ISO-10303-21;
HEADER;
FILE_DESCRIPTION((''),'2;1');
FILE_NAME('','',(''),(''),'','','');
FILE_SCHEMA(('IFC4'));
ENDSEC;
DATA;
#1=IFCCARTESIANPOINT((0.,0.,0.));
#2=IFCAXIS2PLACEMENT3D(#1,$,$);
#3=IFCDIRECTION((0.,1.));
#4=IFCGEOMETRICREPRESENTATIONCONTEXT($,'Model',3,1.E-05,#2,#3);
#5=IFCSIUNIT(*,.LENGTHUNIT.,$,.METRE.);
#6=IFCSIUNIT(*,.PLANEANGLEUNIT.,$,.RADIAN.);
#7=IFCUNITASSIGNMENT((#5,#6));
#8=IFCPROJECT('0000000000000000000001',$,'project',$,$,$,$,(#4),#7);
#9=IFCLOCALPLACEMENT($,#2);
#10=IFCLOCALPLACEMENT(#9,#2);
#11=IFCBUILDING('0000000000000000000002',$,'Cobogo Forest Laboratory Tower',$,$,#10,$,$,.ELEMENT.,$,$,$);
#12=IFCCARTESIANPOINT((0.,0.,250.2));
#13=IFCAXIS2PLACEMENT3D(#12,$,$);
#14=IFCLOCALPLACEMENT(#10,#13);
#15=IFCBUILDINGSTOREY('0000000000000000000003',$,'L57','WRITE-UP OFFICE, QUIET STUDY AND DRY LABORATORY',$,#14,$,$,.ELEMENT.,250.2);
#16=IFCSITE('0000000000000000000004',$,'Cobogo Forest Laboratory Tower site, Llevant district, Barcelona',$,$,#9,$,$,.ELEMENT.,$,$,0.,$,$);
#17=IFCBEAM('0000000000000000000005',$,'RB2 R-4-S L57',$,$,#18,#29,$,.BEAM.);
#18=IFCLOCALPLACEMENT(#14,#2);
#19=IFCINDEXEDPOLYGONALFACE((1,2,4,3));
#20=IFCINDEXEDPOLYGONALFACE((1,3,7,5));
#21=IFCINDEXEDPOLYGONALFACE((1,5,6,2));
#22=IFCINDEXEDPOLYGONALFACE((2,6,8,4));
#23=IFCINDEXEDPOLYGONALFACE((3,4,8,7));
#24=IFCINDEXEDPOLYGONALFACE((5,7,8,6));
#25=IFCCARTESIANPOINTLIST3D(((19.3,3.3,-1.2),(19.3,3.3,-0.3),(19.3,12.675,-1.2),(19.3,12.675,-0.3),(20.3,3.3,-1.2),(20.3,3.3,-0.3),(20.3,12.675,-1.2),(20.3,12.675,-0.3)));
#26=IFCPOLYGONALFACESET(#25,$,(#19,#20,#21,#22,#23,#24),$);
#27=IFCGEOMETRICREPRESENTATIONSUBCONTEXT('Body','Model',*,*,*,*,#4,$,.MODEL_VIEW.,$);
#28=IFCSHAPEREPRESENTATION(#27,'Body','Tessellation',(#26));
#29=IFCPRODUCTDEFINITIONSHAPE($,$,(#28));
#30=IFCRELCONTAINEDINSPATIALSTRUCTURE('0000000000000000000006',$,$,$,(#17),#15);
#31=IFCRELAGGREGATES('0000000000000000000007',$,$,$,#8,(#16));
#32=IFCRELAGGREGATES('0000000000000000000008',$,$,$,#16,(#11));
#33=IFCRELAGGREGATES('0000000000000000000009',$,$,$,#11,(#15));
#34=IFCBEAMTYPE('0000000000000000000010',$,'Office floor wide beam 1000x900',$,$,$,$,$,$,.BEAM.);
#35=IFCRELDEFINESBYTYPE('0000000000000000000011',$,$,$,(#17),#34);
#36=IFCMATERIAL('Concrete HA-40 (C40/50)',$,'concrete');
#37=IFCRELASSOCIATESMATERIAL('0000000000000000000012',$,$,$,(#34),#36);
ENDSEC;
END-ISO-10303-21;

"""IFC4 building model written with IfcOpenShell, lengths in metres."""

from ifc_helpers import new_model, si_unit, direction, frame, origin, origin_2d, place, context, subcontext, project, spatial, rectangle, extrude, material, material_profile, profile_set, type_object, element, save


model = new_model("IFC4")

# Units and contexts
model_context = context("Model", 3, precision=1e-05, world=origin(), true_north=direction((0.0, 1.0)))
body_context = subcontext(model_context, "Body", "Model", "MODEL_VIEW")
ifc_project = project(units=[si_unit("LENGTHUNIT", "METRE"), si_unit("PLANEANGLEUNIT", "RADIAN")], contexts=[model_context])

# Site, building, storey
site_placement = place(None, origin())
site = spatial("IfcSite", under=ifc_project, at=site_placement, Name="Cobogo Forest Laboratory Tower site, Llevant district, Barcelona", CompositionType="ELEMENT", RefElevation=0.0)
building_placement = place(site_placement, origin())
building = spatial("IfcBuilding", under=site, at=building_placement, Name="Cobogo Forest Laboratory Tower", CompositionType="ELEMENT")
storey_placement = place(building_placement, frame((0.0, 0.0, 250.2)))
storey = spatial("IfcBuildingStorey", under=building, at=storey_placement, Name="L57", Description="WRITE-UP OFFICE, QUIET STUDY AND DRY LABORATORY", CompositionType="ELEMENT", Elevation=250.2)

# Beam
ifc_material_1 = material(Name="Concrete HA-40 (C40/50)", Category="concrete")
ifc_material_profile = material_profile(ifc_material_1, rectangle(XDim=1.0, YDim=0.8999, at=origin_2d()), Name="RC 1000x900")
ifc_profile_set = profile_set([ifc_material_profile], Name="Concrete HA-40 (C40/50)")
beam_type = type_object("IfcBeamType", Name="Office floor wide beam 1000x900", PredefinedType="BEAM", material=ifc_profile_set)
beam_placement = place(storey_placement, frame((19.8, 12.675, -0.75), z_axis=(0.0, -1.0, 0.0), x_axis=(1.0, 0.0, 0.0)))
element("IfcBeam", 1, at=beam_placement, inside=storey, type_object=beam_type, Name="RB2 R-4-S L57", PredefinedType="BEAM", context=body_context, shape_type="SweptSolid", body=[
    extrude(rectangle(XDim=1.0, YDim=0.8999, at=origin_2d()), origin(), (0.0, 0.0, 1.0), 9.375),
])

save(model, "model.ifc")
